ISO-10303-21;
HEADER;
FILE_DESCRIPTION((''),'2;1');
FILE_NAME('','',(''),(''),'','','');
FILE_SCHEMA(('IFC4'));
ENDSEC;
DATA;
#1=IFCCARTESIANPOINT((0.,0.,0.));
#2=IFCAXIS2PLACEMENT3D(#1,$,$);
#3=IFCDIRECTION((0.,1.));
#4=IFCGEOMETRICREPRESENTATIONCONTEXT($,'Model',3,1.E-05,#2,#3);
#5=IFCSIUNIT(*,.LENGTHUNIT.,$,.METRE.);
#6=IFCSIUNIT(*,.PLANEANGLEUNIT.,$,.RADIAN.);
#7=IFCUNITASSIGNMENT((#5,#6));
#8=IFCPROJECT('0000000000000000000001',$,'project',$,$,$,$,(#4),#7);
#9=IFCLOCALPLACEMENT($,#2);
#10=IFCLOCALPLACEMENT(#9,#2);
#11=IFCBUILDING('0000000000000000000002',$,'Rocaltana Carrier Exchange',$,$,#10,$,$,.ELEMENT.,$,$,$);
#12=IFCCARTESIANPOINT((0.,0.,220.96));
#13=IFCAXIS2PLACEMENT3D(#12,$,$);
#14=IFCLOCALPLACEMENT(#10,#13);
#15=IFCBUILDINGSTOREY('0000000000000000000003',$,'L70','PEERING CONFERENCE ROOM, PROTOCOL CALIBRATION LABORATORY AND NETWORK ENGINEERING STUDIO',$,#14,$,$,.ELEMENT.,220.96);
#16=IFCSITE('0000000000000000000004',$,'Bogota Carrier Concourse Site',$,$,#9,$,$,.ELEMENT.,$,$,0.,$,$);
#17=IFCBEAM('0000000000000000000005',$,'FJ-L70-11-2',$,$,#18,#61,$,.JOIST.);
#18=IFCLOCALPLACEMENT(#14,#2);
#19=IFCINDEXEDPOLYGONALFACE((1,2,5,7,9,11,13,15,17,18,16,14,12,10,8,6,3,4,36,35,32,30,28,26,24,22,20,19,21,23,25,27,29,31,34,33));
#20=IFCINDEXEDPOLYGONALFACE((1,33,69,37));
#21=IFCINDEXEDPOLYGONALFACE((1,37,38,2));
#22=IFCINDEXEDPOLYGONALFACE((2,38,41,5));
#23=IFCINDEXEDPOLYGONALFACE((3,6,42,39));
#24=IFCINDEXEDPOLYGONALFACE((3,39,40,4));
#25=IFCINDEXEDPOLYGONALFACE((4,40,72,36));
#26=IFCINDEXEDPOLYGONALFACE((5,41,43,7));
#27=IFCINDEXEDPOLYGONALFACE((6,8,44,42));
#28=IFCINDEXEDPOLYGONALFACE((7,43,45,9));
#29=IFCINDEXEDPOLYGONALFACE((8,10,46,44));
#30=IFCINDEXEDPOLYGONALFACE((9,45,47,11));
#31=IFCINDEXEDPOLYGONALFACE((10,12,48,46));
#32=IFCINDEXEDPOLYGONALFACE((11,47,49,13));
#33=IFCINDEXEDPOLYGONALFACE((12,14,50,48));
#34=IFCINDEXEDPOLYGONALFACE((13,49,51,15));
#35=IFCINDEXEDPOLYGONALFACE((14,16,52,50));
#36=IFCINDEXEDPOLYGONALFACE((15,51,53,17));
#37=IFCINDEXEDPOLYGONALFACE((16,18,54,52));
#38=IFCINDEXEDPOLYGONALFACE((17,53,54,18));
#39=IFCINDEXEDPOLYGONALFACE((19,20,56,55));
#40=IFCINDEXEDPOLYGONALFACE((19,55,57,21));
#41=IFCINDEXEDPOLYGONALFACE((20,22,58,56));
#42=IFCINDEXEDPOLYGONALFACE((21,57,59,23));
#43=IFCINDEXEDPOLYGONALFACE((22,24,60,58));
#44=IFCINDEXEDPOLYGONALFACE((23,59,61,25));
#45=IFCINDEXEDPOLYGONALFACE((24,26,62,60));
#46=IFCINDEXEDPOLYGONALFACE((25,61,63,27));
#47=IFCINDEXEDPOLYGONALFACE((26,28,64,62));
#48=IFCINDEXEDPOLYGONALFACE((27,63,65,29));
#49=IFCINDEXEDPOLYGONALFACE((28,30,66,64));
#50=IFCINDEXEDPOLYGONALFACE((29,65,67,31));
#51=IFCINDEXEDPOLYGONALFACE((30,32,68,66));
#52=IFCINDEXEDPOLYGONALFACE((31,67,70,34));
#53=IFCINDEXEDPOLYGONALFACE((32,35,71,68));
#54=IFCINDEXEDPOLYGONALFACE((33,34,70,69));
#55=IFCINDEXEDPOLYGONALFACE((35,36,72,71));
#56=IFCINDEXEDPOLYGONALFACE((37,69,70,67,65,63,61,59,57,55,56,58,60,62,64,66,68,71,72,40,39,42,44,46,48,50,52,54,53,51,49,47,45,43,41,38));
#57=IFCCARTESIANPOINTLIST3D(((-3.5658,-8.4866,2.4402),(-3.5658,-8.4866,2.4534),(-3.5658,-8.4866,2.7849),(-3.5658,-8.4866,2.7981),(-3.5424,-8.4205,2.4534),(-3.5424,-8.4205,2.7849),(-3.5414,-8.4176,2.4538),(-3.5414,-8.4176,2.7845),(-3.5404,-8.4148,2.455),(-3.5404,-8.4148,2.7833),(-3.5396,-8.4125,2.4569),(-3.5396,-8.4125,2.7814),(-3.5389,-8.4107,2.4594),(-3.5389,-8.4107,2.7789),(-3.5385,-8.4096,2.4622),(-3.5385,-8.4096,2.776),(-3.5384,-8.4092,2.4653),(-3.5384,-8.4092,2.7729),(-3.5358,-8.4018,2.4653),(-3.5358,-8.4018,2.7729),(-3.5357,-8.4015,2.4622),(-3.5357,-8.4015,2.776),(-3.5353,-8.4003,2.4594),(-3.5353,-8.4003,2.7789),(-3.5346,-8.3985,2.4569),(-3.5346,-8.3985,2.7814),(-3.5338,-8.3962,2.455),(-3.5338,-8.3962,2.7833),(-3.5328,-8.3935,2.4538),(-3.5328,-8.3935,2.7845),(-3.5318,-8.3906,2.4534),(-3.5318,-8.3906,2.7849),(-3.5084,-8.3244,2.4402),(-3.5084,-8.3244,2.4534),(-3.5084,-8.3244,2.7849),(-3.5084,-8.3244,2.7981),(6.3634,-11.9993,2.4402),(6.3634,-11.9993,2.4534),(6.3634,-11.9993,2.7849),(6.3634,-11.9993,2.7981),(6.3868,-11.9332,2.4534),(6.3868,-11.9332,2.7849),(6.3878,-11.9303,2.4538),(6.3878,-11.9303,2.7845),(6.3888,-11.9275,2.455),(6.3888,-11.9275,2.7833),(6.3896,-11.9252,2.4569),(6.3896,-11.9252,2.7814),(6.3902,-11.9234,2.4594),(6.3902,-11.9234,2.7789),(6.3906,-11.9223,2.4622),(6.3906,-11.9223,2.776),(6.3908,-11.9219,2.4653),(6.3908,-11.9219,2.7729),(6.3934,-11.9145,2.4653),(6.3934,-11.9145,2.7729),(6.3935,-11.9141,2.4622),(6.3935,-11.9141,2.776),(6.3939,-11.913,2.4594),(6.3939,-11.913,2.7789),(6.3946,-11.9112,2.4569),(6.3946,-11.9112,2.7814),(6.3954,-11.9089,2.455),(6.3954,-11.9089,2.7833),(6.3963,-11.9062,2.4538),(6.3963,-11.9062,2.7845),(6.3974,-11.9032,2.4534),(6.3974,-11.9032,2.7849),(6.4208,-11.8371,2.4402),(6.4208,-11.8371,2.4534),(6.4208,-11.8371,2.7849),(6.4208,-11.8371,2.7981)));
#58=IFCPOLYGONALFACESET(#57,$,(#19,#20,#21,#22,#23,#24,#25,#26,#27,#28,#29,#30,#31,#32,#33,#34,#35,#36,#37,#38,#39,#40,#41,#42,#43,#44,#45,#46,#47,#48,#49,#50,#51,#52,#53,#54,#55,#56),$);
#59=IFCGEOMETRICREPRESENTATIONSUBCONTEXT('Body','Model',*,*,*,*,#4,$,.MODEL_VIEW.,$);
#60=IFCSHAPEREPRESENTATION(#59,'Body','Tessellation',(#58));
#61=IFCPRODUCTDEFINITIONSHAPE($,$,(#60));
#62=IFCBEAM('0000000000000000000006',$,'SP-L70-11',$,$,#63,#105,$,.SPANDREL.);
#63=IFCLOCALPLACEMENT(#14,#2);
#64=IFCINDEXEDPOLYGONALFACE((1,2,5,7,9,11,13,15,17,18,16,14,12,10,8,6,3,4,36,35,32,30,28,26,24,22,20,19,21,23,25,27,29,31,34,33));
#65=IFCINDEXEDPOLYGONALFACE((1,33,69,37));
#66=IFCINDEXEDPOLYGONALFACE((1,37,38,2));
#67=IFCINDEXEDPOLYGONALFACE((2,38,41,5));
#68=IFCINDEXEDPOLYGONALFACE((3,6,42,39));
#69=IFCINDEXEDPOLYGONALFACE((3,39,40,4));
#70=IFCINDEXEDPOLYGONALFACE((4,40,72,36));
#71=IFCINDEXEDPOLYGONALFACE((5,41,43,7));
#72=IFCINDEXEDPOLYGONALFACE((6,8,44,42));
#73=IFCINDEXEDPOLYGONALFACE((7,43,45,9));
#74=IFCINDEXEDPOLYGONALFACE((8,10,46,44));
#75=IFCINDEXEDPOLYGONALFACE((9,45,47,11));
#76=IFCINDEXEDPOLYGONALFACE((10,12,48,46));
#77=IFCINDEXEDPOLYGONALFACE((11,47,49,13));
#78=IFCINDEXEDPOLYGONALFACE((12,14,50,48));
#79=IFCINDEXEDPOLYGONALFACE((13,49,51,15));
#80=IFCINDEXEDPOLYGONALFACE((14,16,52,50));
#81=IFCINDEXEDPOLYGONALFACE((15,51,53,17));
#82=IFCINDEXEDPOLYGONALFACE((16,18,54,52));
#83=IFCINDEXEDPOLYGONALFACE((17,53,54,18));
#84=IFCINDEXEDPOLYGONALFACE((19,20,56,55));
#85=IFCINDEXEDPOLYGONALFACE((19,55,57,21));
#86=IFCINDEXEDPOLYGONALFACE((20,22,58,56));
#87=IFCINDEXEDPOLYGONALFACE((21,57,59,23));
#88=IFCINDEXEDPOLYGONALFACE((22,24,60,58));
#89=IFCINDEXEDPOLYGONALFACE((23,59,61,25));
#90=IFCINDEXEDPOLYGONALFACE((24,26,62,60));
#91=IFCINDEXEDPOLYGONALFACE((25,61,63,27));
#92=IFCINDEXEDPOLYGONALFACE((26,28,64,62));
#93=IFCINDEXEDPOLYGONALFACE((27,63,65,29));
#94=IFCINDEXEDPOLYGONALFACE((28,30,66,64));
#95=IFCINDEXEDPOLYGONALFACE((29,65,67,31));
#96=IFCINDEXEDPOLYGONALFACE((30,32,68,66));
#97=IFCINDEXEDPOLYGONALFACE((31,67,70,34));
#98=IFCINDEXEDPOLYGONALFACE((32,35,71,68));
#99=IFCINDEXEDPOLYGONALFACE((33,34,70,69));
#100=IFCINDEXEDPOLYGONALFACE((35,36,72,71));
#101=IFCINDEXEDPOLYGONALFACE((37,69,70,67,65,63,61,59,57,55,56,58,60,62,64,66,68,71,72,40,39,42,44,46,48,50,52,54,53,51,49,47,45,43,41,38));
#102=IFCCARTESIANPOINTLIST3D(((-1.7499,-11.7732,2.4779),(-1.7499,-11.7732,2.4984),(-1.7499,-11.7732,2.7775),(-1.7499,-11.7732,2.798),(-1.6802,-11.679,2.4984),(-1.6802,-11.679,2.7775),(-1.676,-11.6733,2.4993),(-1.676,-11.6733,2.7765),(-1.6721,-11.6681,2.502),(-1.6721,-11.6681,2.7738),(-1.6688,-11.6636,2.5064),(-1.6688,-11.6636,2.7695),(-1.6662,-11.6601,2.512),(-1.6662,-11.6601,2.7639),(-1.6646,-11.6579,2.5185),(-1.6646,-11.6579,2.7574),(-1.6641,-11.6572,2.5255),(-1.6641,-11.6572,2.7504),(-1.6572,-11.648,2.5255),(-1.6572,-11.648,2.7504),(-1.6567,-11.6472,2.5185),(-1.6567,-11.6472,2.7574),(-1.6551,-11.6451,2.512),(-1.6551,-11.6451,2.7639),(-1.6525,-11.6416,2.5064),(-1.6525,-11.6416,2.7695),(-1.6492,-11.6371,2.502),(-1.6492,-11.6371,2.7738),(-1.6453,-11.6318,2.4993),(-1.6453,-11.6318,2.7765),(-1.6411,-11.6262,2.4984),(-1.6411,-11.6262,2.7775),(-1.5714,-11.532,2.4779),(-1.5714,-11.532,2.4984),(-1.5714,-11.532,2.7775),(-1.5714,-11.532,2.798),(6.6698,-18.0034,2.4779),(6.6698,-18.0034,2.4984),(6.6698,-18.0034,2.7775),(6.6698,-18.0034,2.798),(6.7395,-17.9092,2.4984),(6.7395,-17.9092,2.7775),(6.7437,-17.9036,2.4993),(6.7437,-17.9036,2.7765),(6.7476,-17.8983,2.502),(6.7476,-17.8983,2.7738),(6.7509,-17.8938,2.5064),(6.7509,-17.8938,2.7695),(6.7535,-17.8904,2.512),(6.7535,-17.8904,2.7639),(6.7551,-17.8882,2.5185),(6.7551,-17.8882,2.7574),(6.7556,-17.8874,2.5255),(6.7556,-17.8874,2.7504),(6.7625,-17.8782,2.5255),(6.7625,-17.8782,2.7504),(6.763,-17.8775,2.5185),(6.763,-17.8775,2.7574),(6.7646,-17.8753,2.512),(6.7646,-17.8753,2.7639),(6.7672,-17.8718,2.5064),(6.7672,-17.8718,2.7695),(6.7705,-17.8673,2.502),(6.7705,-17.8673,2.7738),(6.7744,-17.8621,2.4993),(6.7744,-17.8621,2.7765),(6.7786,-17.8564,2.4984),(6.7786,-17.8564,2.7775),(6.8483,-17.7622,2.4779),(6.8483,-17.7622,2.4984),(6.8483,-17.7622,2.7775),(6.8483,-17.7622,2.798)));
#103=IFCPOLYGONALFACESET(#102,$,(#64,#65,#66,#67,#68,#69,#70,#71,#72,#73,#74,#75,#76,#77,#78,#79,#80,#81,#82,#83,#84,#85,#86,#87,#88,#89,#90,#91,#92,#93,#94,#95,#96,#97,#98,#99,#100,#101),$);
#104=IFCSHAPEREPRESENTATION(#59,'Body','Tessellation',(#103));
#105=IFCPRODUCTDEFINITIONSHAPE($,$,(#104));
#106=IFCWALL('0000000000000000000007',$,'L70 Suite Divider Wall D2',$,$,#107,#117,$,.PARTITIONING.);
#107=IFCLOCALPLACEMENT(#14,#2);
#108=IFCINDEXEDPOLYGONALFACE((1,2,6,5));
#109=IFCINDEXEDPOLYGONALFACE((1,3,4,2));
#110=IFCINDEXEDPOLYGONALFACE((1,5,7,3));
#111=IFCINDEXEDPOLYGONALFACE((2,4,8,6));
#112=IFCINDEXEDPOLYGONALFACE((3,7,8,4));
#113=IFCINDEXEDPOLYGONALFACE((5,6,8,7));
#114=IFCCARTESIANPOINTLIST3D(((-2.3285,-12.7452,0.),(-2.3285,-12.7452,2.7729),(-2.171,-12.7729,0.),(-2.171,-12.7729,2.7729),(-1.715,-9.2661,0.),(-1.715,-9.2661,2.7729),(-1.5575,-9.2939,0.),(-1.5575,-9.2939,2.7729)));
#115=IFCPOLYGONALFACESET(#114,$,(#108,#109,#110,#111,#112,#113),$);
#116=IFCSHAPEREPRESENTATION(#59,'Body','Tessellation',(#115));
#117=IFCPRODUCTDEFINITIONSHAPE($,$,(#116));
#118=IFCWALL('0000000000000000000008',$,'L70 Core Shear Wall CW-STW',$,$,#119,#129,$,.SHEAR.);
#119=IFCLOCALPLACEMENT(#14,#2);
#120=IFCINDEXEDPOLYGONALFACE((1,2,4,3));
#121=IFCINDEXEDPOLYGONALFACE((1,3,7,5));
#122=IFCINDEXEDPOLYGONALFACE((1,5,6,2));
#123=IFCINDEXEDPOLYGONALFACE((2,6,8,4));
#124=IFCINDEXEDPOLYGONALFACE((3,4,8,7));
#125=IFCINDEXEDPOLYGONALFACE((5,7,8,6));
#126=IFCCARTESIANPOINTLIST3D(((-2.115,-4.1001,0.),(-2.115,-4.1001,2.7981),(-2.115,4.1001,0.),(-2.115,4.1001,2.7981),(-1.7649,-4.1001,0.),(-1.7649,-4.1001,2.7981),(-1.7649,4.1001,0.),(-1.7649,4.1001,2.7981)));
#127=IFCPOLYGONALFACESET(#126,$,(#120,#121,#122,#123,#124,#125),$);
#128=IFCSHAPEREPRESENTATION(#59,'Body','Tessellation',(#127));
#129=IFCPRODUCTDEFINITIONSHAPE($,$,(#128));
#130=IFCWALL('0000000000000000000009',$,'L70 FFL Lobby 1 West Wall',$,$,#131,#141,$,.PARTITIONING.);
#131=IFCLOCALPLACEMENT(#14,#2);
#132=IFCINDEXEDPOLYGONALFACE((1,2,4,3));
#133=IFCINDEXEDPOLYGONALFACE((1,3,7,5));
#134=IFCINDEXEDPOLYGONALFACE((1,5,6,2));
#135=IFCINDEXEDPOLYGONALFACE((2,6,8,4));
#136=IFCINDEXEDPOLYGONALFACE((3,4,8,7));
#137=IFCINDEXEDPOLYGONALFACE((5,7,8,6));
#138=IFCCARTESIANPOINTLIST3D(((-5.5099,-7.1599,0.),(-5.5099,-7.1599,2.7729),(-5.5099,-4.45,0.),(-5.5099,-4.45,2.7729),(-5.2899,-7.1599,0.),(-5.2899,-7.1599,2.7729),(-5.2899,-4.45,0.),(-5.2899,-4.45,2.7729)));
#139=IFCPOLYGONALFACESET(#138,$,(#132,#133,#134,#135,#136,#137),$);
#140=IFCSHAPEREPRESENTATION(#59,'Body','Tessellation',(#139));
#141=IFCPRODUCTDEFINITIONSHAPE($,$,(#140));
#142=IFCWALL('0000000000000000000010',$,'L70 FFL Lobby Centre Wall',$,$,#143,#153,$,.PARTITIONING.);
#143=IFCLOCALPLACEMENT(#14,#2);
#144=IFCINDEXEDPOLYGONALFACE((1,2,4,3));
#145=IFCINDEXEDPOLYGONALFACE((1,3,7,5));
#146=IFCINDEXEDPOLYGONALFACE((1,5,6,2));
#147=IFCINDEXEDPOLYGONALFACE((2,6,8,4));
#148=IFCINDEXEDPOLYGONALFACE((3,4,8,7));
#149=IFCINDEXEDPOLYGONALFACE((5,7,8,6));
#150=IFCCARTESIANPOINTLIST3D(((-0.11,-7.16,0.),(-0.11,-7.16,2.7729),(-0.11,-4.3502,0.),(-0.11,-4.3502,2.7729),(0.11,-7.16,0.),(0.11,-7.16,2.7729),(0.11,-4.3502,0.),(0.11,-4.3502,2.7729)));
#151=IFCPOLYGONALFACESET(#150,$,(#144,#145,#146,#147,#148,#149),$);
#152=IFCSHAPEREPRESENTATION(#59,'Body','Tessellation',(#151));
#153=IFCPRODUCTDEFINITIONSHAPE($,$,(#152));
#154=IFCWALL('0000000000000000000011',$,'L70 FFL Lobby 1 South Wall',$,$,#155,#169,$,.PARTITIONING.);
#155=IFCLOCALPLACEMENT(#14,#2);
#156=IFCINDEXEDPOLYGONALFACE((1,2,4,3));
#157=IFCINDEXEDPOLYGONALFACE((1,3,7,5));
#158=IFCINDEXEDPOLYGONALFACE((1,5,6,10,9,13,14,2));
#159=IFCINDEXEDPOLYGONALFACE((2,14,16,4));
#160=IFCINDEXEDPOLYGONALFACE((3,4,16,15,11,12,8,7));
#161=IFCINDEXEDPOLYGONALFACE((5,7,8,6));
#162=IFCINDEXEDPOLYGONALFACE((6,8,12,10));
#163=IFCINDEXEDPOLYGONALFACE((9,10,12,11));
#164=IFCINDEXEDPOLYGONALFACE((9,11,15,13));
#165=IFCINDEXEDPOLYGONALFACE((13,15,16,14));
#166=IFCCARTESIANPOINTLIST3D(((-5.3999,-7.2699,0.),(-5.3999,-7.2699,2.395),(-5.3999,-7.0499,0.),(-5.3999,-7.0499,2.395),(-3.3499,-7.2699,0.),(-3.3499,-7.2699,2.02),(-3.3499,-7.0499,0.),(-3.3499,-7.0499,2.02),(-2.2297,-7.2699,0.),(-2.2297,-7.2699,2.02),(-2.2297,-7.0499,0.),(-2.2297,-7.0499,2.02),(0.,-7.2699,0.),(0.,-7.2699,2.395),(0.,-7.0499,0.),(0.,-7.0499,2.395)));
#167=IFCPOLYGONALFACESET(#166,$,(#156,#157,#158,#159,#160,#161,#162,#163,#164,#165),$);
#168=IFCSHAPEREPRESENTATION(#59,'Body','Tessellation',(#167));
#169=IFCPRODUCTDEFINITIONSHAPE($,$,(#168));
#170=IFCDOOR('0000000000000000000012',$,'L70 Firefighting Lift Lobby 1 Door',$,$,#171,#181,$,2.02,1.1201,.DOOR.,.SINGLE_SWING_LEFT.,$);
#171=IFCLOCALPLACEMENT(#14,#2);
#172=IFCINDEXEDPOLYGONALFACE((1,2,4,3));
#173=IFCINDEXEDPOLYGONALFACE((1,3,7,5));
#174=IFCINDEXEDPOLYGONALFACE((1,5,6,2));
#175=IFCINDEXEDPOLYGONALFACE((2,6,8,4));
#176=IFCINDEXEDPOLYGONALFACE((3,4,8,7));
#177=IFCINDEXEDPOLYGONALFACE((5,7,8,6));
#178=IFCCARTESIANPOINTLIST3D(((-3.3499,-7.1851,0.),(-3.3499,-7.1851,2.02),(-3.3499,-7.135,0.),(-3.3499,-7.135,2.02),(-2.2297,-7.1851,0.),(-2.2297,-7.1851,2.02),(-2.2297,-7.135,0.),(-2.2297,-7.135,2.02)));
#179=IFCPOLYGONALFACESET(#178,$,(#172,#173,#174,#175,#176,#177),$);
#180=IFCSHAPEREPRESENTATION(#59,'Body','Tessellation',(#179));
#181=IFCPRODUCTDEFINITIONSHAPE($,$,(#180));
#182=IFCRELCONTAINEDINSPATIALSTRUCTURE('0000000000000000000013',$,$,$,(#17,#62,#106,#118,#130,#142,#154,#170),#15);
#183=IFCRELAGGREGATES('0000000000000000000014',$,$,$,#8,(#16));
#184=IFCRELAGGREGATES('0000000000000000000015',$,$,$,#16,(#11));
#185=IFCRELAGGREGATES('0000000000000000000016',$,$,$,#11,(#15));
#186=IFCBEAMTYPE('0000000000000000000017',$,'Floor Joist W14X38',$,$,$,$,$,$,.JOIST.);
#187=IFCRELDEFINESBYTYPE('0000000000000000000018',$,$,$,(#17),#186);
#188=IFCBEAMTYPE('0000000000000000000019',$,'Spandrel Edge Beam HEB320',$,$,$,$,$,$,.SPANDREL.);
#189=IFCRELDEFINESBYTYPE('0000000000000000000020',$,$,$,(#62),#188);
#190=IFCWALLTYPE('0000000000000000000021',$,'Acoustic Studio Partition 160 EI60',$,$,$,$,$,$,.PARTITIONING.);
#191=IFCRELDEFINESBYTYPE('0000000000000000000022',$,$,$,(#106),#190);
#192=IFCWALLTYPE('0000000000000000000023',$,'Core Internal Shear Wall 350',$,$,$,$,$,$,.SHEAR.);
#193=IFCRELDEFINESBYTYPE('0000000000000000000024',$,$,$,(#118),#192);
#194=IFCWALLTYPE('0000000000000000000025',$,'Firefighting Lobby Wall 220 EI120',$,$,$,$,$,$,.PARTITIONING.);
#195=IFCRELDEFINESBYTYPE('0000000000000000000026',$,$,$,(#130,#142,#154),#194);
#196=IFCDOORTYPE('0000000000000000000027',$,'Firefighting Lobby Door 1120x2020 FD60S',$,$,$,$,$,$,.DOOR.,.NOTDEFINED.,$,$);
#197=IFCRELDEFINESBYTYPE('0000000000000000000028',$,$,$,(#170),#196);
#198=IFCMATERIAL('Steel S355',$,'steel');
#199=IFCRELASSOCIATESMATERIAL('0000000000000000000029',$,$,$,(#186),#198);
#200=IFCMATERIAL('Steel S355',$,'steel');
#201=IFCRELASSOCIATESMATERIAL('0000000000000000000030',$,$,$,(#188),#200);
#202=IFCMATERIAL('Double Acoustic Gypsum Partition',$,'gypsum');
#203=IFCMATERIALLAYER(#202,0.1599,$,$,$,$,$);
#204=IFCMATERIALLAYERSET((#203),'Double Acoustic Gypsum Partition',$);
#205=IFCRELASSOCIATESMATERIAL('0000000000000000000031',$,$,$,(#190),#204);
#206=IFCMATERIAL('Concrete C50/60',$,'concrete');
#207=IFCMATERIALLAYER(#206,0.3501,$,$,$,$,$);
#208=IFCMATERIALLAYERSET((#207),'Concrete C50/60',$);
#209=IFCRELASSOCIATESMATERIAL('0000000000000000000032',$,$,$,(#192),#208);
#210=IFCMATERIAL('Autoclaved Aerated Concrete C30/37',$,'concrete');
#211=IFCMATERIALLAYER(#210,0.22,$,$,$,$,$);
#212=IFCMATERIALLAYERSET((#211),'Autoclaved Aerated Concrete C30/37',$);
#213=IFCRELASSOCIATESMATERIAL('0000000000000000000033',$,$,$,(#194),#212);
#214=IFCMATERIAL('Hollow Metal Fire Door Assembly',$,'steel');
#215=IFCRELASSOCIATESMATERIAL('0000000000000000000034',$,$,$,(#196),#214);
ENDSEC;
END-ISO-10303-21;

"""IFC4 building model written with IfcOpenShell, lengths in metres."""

from ifc_helpers import new_model, si_unit, direction, frame, frame_2d, origin, origin_2d, place, context, subcontext, project, spatial, rectangle, i_section, extrude, material, layer, layer_set, material_profile, profile_set, type_object, element, fill, save


model = new_model("IFC4")

# Units and contexts
model_context = context("Model", 3, precision=1e-05, world=origin(), true_north=direction((0.0, 1.0)))
body_context = subcontext(model_context, "Body", "Model", "MODEL_VIEW")
ifc_project = project(units=[si_unit("LENGTHUNIT", "METRE"), si_unit("PLANEANGLEUNIT", "RADIAN")], contexts=[model_context])

# Site, building, storey
site_placement = place(None, origin())
site = spatial("IfcSite", under=ifc_project, at=site_placement, Name="Bogota Carrier Concourse Site", CompositionType="ELEMENT", RefElevation=0.0)
building_placement = place(site_placement, origin())
building = spatial("IfcBuilding", under=site, at=building_placement, Name="Rocaltana Carrier Exchange", CompositionType="ELEMENT")
storey_placement = place(building_placement, frame((0.0, 0.0, 220.96)))
storey = spatial("IfcBuildingStorey", under=building, at=storey_placement, Name="L70", Description="PEERING CONFERENCE ROOM, PROTOCOL CALIBRATION LABORATORY AND NETWORK ENGINEERING STUDIO", CompositionType="ELEMENT", Elevation=220.96)

# Beams
ifc_material_1 = material(Name="Steel S355", Category="steel")
ifc_material_profile_1 = material_profile(ifc_material_1, i_section(OverallWidth=0.1721, OverallDepth=0.3579, WebThickness=0.0078, FlangeThickness=0.0132, FilletRadius=0.012, at=origin_2d()), Name="W14X38")
ifc_profile_set_1 = profile_set([ifc_material_profile_1], Name="Steel S355")
beam_type_1 = type_object("IfcBeamType", Name="Floor Joist W14X38", PredefinedType="JOIST", material=ifc_profile_set_1)
beam_1_placement = place(storey_placement, frame((-3.5371, -8.4055, 2.6191), z_axis=(0.942744, -0.333518, 0.0), x_axis=(0.333518, 0.942744, 0.0)))
element("IfcBeam", 1, at=beam_1_placement, inside=storey, type_object=beam_type_1, Name="FJ-L70-11-2", PredefinedType="JOIST", context=body_context, shape_type="SweptSolid", body=[
    extrude(i_section(OverallWidth=0.1721, OverallDepth=0.3579, WebThickness=0.0078, FlangeThickness=0.0132, FilletRadius=0.012, at=origin_2d()), origin(), (0.0, 0.0, 1.0), 10.5322),
])
ifc_material_2 = material(Name="Steel S355", Category="steel")
ifc_material_profile_2 = material_profile(ifc_material_2, i_section(OverallWidth=0.3, OverallDepth=0.3201, WebThickness=0.0115, FlangeThickness=0.0205, FilletRadius=0.0271, at=origin_2d()), Name="HEB320")
ifc_profile_set_2 = profile_set([ifc_material_profile_2], Name="Steel S355")
beam_type_2 = type_object("IfcBeamType", Name="Spandrel Edge Beam HEB320", PredefinedType="SPANDREL", material=ifc_profile_set_2)
beam_2_placement = place(storey_placement, frame((-1.6606, -11.6526, 2.6379), z_axis=(0.803857, -0.594822, 0.0), x_axis=(0.594822, 0.803857, 0.0)))
element("IfcBeam", 2, at=beam_2_placement, inside=storey, type_object=beam_type_2, Name="SP-L70-11", PredefinedType="SPANDREL", context=body_context, shape_type="SweptSolid", body=[
    extrude(i_section(OverallWidth=0.3, OverallDepth=0.3201, WebThickness=0.0115, FlangeThickness=0.0205, FilletRadius=0.0271, at=origin_2d()), origin(), (0.0, 0.0, 1.0), 10.4741),
])

# Walls
ifc_material_3 = material(Name="Double Acoustic Gypsum Partition", Category="gypsum")
ifc_layer_1 = layer(ifc_material_3, 0.1599)
ifc_layer_set_1 = layer_set([ifc_layer_1], Name="Double Acoustic Gypsum Partition")
wall_type_1 = type_object("IfcWallType", Name="Acoustic Studio Partition 160 EI60", PredefinedType="PARTITIONING", material=ifc_layer_set_1)
wall_1_placement = place(storey_placement, frame((-1.6362, -9.28, 0.0), z_axis=(0.0, 0.0, 1.0), x_axis=(-0.173671, -0.984804, 0.0)))
element("IfcWall", 3, at=wall_1_placement, inside=storey, type_object=wall_type_1, Name="L70 Suite Divider Wall D2", PredefinedType="PARTITIONING", context=body_context, shape_type="SweptSolid", body=[
    extrude(rectangle(XDim=3.5327, YDim=0.1599, at=frame_2d((1.7664, 0.0))), origin(), (0.0, 0.0, 1.0), 2.7729),
])
ifc_material_4 = material(Name="Concrete C50/60", Category="concrete")
ifc_layer_2 = layer(ifc_material_4, 0.3501)
ifc_layer_set_2 = layer_set([ifc_layer_2], Name="Concrete C50/60")
wall_type_2 = type_object("IfcWallType", Name="Core Internal Shear Wall 350", PredefinedType="SHEAR", material=ifc_layer_set_2)
wall_2_placement = place(storey_placement, frame((-1.9399, -4.1001, 0.0), z_axis=(0.0, 0.0, 1.0), x_axis=(0.0, 1.0, 0.0)))
element("IfcWall", 4, at=wall_2_placement, inside=storey, type_object=wall_type_2, Name="L70 Core Shear Wall CW-STW", PredefinedType="SHEAR", context=body_context, shape_type="SweptSolid", body=[
    extrude(rectangle(XDim=8.2002, YDim=0.3501, at=frame_2d((4.1001, 0.0))), origin(), (0.0, 0.0, 1.0), 2.7981),
])
ifc_material_5 = material(Name="Autoclaved Aerated Concrete C30/37", Category="concrete")
ifc_layer_3 = layer(ifc_material_5, 0.22)
ifc_layer_set_3 = layer_set([ifc_layer_3], Name="Autoclaved Aerated Concrete C30/37")
wall_type_3 = type_object("IfcWallType", Name="Firefighting Lobby Wall 220 EI120", PredefinedType="PARTITIONING", material=ifc_layer_set_3)
wall_3_placement = place(storey_placement, frame((-5.3999, -7.1599, 0.0), z_axis=(0.0, 0.0, 1.0), x_axis=(0.0, 1.0, 0.0)))
element("IfcWall", 5, at=wall_3_placement, inside=storey, type_object=wall_type_3, Name="L70 FFL Lobby 1 West Wall", PredefinedType="PARTITIONING", context=body_context, shape_type="SweptSolid", body=[
    extrude(rectangle(XDim=2.71, YDim=0.22, at=frame_2d((1.355, 0.0))), origin(), (0.0, 0.0, 1.0), 2.7729),
])
wall_4_placement = place(storey_placement, frame((0.0, -7.1599, 0.0), z_axis=(0.0, 0.0, 1.0), x_axis=(0.0, 1.0, 0.0)))
element("IfcWall", 6, at=wall_4_placement, inside=storey, type_object=wall_type_3, Name="L70 FFL Lobby Centre Wall", PredefinedType="PARTITIONING", context=body_context, shape_type="SweptSolid", body=[
    extrude(rectangle(XDim=2.8098, YDim=0.22, at=frame_2d((1.4048, 0.0))), origin(), (0.0, 0.0, 1.0), 2.7729),
])

# Wall, opening, door
wall_5_placement = place(storey_placement, frame((-5.3999, -7.1599, 0.0), z_axis=(0.0, 0.0, 1.0), x_axis=(1.0, 0.0, 0.0)))
wall_5 = element("IfcWall", 7, at=wall_5_placement, inside=storey, type_object=wall_type_3, Name="L70 FFL Lobby 1 South Wall", PredefinedType="PARTITIONING", context=body_context, shape_type="SweptSolid", body=[
    extrude(rectangle(XDim=5.3999, YDim=0.22, at=frame_2d((2.7, 0.0))), origin(), (0.0, 0.0, 1.0), 2.395),
])
opening_1_placement = place(wall_5_placement, frame((2.05, 0.0, 0.0)))
opening_1 = element("IfcOpeningElement", 8, at=opening_1_placement, cuts=wall_5, PredefinedType="OPENING", context=body_context, shape_type="SweptSolid", body=[
    extrude(rectangle(XDim=1.1201, YDim=2.02, at=frame_2d((0.5601, 1.01))), frame((0.0, 0.1199, 0.0), z_axis=(0.0, -1.0, 0.0), x_axis=(1.0, 0.0, 0.0)), (0.0, 0.0, 1.0), 0.24),
])
ifc_material_6 = material(Name="Hollow Metal Fire Door Assembly", Category="steel")
door_type = type_object("IfcDoorType", Name="Firefighting Lobby Door 1120x2020 FD60S", OperationType="NOTDEFINED", PredefinedType="DOOR", material=ifc_material_6)
door_1_placement = place(opening_1_placement, origin())
door_1 = element("IfcDoor", 9, at=door_1_placement, inside=storey, type_object=door_type, Name="L70 Firefighting Lift Lobby 1 Door", OperationType="SINGLE_SWING_LEFT", OverallHeight=2.02, OverallWidth=1.1201, PredefinedType="DOOR", context=body_context, shape_type="SweptSolid", body=[
    extrude(rectangle(XDim=1.1201, YDim=2.02, at=frame_2d((0.5601, 1.01))), frame((0.0, 0.0249, 0.0), z_axis=(0.0, -1.0, 0.0), x_axis=(1.0, 0.0, 0.0)), (0.0, 0.0, 1.0), 0.05),
])
fill(opening_1, door_1)

save(model, "model.ifc")
